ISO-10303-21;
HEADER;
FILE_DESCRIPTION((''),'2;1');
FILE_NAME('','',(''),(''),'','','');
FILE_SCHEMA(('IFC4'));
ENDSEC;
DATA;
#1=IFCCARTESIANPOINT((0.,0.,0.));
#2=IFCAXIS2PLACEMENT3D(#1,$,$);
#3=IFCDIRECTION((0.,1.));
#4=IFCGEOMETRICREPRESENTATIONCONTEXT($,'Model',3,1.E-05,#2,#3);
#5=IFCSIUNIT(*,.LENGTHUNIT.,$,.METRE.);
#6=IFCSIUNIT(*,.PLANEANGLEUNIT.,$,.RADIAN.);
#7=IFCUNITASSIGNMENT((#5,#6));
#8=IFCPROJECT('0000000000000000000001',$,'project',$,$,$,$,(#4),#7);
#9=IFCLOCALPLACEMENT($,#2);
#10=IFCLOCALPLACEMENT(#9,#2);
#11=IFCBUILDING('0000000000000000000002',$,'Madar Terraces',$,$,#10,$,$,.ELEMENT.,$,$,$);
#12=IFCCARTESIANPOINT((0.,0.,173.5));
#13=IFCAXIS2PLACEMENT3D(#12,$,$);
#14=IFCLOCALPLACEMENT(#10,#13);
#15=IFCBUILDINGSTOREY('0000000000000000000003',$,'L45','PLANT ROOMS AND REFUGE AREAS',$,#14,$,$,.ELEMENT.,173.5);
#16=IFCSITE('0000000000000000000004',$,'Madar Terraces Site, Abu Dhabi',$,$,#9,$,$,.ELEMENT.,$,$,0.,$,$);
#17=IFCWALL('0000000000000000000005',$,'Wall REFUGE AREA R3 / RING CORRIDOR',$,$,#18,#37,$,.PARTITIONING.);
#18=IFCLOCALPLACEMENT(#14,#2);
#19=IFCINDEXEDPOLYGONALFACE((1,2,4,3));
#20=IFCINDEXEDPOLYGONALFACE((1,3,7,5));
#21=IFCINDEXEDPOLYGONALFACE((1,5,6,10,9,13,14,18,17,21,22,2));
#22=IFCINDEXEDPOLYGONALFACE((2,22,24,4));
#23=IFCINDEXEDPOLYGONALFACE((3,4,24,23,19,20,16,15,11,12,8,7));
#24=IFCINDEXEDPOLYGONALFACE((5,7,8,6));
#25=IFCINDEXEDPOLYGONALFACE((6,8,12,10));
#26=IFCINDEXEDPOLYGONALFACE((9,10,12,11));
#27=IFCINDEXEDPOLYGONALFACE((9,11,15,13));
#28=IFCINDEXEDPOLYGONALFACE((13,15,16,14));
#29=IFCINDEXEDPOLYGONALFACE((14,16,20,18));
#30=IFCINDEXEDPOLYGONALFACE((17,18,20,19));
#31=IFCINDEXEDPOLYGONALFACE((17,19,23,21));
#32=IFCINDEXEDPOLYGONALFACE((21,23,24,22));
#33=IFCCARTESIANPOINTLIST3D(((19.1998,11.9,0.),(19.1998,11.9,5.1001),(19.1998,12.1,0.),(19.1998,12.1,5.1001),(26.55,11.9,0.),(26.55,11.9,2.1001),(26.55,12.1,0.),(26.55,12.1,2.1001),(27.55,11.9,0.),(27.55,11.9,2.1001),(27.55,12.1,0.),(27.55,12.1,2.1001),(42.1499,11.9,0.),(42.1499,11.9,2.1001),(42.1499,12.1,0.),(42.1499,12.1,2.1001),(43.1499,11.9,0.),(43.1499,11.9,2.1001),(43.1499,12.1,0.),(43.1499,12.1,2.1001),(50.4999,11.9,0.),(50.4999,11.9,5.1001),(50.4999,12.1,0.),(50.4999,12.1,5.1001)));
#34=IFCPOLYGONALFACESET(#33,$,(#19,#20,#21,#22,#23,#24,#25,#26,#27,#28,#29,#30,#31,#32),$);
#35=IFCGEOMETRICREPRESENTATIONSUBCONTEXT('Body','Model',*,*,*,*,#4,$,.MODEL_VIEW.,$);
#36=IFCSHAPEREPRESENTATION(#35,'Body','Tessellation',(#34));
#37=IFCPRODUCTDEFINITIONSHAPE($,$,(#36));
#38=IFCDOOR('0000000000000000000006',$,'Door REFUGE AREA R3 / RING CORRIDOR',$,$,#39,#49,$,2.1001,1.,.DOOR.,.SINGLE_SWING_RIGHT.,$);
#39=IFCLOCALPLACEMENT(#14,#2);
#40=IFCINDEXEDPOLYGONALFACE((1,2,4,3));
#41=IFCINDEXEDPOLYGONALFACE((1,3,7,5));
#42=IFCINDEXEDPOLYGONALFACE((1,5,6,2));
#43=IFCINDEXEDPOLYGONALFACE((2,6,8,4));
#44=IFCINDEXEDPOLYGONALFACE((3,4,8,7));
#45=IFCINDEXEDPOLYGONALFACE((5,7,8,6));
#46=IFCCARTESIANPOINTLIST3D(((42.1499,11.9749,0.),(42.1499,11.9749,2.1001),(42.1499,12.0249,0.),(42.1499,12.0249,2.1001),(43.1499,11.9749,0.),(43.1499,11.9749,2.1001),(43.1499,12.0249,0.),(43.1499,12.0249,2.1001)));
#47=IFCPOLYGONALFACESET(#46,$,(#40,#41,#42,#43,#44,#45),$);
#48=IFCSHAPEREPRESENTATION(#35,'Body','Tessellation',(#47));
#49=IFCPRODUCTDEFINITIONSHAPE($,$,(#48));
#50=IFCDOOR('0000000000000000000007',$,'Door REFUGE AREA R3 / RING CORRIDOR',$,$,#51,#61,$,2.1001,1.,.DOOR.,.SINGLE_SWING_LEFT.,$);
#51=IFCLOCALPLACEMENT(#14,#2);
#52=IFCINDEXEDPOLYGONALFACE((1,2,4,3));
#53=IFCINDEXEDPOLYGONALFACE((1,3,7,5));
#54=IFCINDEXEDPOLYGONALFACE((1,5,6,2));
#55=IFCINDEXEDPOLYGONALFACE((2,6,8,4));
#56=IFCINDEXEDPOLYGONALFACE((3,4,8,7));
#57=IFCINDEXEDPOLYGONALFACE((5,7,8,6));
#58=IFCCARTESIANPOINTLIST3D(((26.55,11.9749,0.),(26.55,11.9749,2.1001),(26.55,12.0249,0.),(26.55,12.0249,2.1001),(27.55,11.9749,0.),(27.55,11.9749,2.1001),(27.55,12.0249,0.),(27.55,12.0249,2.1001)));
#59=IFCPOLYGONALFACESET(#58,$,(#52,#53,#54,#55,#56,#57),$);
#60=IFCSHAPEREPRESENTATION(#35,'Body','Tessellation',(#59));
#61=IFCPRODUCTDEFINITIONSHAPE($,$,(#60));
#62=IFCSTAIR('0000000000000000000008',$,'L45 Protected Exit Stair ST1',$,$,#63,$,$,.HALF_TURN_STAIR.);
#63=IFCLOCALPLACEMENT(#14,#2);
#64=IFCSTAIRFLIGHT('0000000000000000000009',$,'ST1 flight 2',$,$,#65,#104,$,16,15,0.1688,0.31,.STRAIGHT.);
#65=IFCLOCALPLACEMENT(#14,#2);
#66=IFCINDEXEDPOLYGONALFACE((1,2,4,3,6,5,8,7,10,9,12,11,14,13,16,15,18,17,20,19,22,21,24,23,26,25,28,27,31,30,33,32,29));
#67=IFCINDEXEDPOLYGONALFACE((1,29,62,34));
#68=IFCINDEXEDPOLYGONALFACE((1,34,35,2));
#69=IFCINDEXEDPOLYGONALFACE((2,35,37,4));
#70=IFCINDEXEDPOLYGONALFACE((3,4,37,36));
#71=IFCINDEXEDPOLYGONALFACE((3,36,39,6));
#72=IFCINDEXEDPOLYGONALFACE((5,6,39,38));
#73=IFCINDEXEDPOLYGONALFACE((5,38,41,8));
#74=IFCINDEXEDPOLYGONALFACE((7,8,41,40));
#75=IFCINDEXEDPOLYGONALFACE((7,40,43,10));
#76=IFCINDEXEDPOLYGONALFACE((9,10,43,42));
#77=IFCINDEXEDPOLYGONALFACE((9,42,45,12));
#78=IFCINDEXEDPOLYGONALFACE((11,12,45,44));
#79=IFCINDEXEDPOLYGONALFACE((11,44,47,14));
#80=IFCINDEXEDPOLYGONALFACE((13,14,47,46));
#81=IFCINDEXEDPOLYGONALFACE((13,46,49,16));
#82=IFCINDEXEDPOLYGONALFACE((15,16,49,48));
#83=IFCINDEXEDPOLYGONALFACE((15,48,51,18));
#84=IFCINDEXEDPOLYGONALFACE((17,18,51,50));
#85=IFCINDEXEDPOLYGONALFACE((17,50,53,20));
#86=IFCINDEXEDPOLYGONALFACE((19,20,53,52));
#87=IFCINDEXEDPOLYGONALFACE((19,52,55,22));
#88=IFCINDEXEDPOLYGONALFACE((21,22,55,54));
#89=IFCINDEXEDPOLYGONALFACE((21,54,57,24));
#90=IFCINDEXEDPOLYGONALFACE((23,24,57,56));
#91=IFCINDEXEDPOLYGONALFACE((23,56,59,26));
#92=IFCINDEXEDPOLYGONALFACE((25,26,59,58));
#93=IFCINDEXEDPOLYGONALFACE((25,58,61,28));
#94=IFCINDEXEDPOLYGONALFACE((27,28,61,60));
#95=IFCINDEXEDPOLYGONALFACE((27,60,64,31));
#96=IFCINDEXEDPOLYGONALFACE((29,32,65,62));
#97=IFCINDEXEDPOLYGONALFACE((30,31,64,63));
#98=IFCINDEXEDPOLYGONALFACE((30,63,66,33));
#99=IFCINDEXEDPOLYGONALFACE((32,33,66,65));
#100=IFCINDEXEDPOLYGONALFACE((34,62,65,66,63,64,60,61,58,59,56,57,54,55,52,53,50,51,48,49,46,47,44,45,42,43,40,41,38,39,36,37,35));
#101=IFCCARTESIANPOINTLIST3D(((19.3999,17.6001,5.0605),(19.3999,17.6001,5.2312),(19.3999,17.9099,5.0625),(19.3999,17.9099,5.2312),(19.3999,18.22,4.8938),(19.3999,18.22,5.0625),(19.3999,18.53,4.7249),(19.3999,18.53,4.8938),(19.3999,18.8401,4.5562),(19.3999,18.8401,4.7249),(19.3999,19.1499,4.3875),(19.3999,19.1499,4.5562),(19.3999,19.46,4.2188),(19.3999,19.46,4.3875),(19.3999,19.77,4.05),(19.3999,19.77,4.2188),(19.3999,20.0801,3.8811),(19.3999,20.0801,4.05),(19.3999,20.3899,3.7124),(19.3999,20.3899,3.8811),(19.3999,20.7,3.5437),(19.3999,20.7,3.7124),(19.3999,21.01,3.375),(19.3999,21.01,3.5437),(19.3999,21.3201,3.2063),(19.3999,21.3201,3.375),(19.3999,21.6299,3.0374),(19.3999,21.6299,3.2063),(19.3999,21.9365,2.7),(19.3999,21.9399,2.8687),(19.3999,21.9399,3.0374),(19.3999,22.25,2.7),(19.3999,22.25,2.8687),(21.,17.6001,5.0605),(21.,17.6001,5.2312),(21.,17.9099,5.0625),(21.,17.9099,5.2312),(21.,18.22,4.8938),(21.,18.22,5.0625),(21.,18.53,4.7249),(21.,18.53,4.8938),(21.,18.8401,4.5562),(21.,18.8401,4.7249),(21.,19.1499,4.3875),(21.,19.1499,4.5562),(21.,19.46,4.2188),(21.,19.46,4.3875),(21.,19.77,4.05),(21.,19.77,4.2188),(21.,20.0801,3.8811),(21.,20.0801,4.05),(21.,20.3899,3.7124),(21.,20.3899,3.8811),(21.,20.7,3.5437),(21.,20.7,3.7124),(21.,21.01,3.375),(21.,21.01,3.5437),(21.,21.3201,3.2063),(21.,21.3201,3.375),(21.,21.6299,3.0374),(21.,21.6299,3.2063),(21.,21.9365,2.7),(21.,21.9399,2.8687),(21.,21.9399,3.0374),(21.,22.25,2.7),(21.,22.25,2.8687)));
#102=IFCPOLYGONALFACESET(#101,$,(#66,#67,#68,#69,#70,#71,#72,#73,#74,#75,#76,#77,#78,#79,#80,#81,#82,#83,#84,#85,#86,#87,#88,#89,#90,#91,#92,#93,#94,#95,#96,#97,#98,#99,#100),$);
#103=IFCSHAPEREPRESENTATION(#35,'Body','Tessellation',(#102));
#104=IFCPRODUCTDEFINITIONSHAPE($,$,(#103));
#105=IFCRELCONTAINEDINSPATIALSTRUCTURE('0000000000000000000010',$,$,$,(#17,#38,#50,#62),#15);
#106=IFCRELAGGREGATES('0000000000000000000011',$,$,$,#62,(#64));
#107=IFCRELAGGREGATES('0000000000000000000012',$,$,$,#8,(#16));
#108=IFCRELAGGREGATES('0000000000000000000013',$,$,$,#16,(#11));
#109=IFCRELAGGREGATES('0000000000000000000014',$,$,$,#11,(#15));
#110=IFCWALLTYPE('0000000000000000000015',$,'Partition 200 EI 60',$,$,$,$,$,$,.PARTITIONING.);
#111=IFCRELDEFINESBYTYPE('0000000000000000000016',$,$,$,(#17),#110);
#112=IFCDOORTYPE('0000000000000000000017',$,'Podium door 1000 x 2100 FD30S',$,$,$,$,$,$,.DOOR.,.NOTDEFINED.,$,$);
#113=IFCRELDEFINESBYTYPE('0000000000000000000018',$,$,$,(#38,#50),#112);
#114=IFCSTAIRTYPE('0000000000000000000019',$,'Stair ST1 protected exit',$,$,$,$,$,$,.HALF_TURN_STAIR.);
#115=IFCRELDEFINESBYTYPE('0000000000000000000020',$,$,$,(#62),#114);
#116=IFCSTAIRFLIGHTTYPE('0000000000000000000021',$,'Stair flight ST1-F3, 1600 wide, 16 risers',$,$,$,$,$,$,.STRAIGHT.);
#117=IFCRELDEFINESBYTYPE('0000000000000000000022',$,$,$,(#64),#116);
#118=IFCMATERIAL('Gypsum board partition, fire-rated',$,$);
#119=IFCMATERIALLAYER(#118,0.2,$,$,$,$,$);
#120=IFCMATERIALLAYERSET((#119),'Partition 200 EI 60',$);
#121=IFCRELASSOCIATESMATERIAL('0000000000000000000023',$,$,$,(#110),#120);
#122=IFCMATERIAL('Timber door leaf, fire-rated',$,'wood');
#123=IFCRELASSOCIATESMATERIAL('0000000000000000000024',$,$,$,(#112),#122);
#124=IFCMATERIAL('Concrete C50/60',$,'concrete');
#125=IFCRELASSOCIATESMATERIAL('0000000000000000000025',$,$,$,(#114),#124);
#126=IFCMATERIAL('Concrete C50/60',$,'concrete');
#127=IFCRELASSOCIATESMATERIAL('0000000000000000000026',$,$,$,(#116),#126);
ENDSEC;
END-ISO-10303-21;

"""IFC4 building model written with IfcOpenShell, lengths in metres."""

from ifc_helpers import new_model, si_unit, direction, frame, frame_2d, origin, place, context, subcontext, project, spatial, polyline, rectangle, outline, extrude, material, layer, layer_set, type_object, element, fill, aggregate, save


model = new_model("IFC4")

# Units and contexts
model_context = context("Model", 3, precision=1e-05, world=origin(), true_north=direction((0.0, 1.0)))
body_context = subcontext(model_context, "Body", "Model", "MODEL_VIEW")
ifc_project = project(units=[si_unit("LENGTHUNIT", "METRE"), si_unit("PLANEANGLEUNIT", "RADIAN")], contexts=[model_context])

# Site, building, storey
site_placement = place(None, origin())
site = spatial("IfcSite", under=ifc_project, at=site_placement, Name="Madar Terraces Site, Abu Dhabi", CompositionType="ELEMENT", RefElevation=0.0)
building_placement = place(site_placement, origin())
building = spatial("IfcBuilding", under=site, at=building_placement, Name="Madar Terraces", CompositionType="ELEMENT")
storey_placement = place(building_placement, frame((0.0, 0.0, 173.5)))
storey = spatial("IfcBuildingStorey", under=building, at=storey_placement, Name="L45", Description="PLANT ROOMS AND REFUGE AREAS", CompositionType="ELEMENT", Elevation=173.5)

# Wall, openings, doors
ifc_material_1 = material(Name="Gypsum board partition, fire-rated")
ifc_layer_1 = layer(ifc_material_1, 0.2)
ifc_layer_set_1 = layer_set([ifc_layer_1], Name="Partition 200 EI 60")
wall_type_1 = type_object("IfcWallType", Name="Partition 200 EI 60", PredefinedType="PARTITIONING", material=ifc_layer_set_1)
wall_1_placement = place(storey_placement, frame((19.2, 12.0, 0.0), z_axis=(0.0, 0.0, 1.0), x_axis=(1.0, 0.0, 0.0)))
wall_1 = element("IfcWall", 1, at=wall_1_placement, inside=storey, type_object=wall_type_1, Name="Wall REFUGE AREA R3 / RING CORRIDOR", PredefinedType="PARTITIONING", context=body_context, shape_type="SweptSolid", body=[
    extrude(rectangle(XDim=31.3, YDim=0.2, at=frame_2d((15.6499, 0.0))), origin(), (0.0, 0.0, 1.0), 5.1001),
])
opening_1_placement = place(wall_1_placement, frame((22.95, 0.0, 0.0)))
opening_1 = element("IfcOpeningElement", 2, at=opening_1_placement, cuts=wall_1, PredefinedType="OPENING", context=body_context, shape_type="SweptSolid", body=[
    extrude(rectangle(XDim=1.0, YDim=2.1001, at=frame_2d((0.5, 1.05))), frame((0.0, 0.1099, 0.0), z_axis=(0.0, -1.0, 0.0), x_axis=(1.0, 0.0, 0.0)), (0.0, 0.0, 1.0), 0.22),
])
opening_2_placement = place(wall_1_placement, frame((7.3501, 0.0, 0.0)))
opening_2 = element("IfcOpeningElement", 3, at=opening_2_placement, cuts=wall_1, PredefinedType="OPENING", context=body_context, shape_type="SweptSolid", body=[
    extrude(rectangle(XDim=1.0, YDim=2.1001, at=frame_2d((0.5, 1.05))), frame((0.0, 0.1099, 0.0), z_axis=(0.0, -1.0, 0.0), x_axis=(1.0, 0.0, 0.0)), (0.0, 0.0, 1.0), 0.22),
])
ifc_material_2 = material(Name="Timber door leaf, fire-rated", Category="wood")
door_type_1 = type_object("IfcDoorType", Name="Podium door 1000 x 2100 FD30S", OperationType="NOTDEFINED", PredefinedType="DOOR", material=ifc_material_2)
door_1_placement = place(opening_1_placement, origin())
door_1 = element("IfcDoor", 4, at=door_1_placement, inside=storey, type_object=door_type_1, Name="Door REFUGE AREA R3 / RING CORRIDOR", OperationType="SINGLE_SWING_RIGHT", OverallHeight=2.1001, OverallWidth=1.0, PredefinedType="DOOR", context=body_context, shape_type="SweptSolid", body=[
    extrude(rectangle(XDim=1.0, YDim=2.1001, at=frame_2d((0.5, 1.05))), frame((0.0, 0.0249, 0.0), z_axis=(0.0, -1.0, 0.0), x_axis=(1.0, 0.0, 0.0)), (0.0, 0.0, 1.0), 0.05),
])
fill(opening_1, door_1)
door_2_placement = place(opening_2_placement, origin())
door_2 = element("IfcDoor", 5, at=door_2_placement, inside=storey, type_object=door_type_1, Name="Door REFUGE AREA R3 / RING CORRIDOR", OperationType="SINGLE_SWING_LEFT", OverallHeight=2.1001, OverallWidth=1.0, PredefinedType="DOOR", context=body_context, shape_type="SweptSolid", body=[
    extrude(rectangle(XDim=1.0, YDim=2.1001, at=frame_2d((0.5, 1.05))), frame((0.0, 0.0249, 0.0), z_axis=(0.0, -1.0, 0.0), x_axis=(1.0, 0.0, 0.0)), (0.0, 0.0, 1.0), 0.05),
])
fill(opening_2, door_2)

# Stair, stair flight
ifc_material_3 = material(Name="Concrete C50/60", Category="concrete")
stair_type = type_object("IfcStairType", Name="Stair ST1 protected exit", PredefinedType="HALF_TURN_STAIR", material=ifc_material_3)
stair_placement = place(storey_placement, origin())
stair = element("IfcStair", 6, at=stair_placement, inside=storey, type_object=stair_type, Name="L45 Protected Exit Stair ST1", PredefinedType="HALF_TURN_STAIR")
ifc_material_4 = material(Name="Concrete C50/60", Category="concrete")
stair_flight_type = type_object("IfcStairFlightType", Name="Stair flight ST1-F3, 1600 wide, 16 risers", PredefinedType="STRAIGHT", material=ifc_material_4)
stair_flight_placement = place(storey_placement, frame((20.2, 22.25, 2.7), z_axis=(0.0, 0.0, 1.0), x_axis=(0.0, -1.0, 0.0)))
stair_flight = element("IfcStairFlight", 7, at=stair_flight_placement, type_object=stair_flight_type, Name="ST1 flight 2", NumberOfRisers=16, NumberOfTreads=15, PredefinedType="STRAIGHT", RiserHeight=0.1688, TreadLength=0.31, context=body_context, shape_type="SweptSolid", body=[
    extrude(outline(polyline([(0.0, 0.0), (0.0, 0.1687), (0.3101, 0.1687), (0.3101, 0.3374), (0.6201, 0.3374), (0.6201, 0.5063), (0.9299, 0.5063), (0.9299, 0.675), (1.24, 0.675), (1.24, 0.8438), (1.55, 0.8438), (1.55, 1.0125), (1.8601, 1.0125), (1.8601, 1.1812), (2.1699, 1.1812), (2.1699, 1.3501), (2.48, 1.3501), (2.48, 1.5188), (2.79, 1.5188), (2.79, 1.6875), (3.1001, 1.6875), (3.1001, 1.8562), (3.4099, 1.8562), (3.4099, 2.0249), (3.72, 2.0249), (3.72, 2.1938), (4.03, 2.1938), (4.03, 2.3625), (4.3401, 2.3625), (4.3401, 2.5312), (4.6499, 2.5312), (4.6499, 2.7), (4.6499, 2.3606), (0.3135, 0.0), (0.0, 0.0)])), frame((0.0, 0.8, 0.0), z_axis=(0.0, -1.0, 0.0), x_axis=(1.0, 0.0, 0.0)), (0.0, 0.0, 1.0), 1.6001),
])
aggregate(stair, [stair_flight])

save(model, "model.ifc")
